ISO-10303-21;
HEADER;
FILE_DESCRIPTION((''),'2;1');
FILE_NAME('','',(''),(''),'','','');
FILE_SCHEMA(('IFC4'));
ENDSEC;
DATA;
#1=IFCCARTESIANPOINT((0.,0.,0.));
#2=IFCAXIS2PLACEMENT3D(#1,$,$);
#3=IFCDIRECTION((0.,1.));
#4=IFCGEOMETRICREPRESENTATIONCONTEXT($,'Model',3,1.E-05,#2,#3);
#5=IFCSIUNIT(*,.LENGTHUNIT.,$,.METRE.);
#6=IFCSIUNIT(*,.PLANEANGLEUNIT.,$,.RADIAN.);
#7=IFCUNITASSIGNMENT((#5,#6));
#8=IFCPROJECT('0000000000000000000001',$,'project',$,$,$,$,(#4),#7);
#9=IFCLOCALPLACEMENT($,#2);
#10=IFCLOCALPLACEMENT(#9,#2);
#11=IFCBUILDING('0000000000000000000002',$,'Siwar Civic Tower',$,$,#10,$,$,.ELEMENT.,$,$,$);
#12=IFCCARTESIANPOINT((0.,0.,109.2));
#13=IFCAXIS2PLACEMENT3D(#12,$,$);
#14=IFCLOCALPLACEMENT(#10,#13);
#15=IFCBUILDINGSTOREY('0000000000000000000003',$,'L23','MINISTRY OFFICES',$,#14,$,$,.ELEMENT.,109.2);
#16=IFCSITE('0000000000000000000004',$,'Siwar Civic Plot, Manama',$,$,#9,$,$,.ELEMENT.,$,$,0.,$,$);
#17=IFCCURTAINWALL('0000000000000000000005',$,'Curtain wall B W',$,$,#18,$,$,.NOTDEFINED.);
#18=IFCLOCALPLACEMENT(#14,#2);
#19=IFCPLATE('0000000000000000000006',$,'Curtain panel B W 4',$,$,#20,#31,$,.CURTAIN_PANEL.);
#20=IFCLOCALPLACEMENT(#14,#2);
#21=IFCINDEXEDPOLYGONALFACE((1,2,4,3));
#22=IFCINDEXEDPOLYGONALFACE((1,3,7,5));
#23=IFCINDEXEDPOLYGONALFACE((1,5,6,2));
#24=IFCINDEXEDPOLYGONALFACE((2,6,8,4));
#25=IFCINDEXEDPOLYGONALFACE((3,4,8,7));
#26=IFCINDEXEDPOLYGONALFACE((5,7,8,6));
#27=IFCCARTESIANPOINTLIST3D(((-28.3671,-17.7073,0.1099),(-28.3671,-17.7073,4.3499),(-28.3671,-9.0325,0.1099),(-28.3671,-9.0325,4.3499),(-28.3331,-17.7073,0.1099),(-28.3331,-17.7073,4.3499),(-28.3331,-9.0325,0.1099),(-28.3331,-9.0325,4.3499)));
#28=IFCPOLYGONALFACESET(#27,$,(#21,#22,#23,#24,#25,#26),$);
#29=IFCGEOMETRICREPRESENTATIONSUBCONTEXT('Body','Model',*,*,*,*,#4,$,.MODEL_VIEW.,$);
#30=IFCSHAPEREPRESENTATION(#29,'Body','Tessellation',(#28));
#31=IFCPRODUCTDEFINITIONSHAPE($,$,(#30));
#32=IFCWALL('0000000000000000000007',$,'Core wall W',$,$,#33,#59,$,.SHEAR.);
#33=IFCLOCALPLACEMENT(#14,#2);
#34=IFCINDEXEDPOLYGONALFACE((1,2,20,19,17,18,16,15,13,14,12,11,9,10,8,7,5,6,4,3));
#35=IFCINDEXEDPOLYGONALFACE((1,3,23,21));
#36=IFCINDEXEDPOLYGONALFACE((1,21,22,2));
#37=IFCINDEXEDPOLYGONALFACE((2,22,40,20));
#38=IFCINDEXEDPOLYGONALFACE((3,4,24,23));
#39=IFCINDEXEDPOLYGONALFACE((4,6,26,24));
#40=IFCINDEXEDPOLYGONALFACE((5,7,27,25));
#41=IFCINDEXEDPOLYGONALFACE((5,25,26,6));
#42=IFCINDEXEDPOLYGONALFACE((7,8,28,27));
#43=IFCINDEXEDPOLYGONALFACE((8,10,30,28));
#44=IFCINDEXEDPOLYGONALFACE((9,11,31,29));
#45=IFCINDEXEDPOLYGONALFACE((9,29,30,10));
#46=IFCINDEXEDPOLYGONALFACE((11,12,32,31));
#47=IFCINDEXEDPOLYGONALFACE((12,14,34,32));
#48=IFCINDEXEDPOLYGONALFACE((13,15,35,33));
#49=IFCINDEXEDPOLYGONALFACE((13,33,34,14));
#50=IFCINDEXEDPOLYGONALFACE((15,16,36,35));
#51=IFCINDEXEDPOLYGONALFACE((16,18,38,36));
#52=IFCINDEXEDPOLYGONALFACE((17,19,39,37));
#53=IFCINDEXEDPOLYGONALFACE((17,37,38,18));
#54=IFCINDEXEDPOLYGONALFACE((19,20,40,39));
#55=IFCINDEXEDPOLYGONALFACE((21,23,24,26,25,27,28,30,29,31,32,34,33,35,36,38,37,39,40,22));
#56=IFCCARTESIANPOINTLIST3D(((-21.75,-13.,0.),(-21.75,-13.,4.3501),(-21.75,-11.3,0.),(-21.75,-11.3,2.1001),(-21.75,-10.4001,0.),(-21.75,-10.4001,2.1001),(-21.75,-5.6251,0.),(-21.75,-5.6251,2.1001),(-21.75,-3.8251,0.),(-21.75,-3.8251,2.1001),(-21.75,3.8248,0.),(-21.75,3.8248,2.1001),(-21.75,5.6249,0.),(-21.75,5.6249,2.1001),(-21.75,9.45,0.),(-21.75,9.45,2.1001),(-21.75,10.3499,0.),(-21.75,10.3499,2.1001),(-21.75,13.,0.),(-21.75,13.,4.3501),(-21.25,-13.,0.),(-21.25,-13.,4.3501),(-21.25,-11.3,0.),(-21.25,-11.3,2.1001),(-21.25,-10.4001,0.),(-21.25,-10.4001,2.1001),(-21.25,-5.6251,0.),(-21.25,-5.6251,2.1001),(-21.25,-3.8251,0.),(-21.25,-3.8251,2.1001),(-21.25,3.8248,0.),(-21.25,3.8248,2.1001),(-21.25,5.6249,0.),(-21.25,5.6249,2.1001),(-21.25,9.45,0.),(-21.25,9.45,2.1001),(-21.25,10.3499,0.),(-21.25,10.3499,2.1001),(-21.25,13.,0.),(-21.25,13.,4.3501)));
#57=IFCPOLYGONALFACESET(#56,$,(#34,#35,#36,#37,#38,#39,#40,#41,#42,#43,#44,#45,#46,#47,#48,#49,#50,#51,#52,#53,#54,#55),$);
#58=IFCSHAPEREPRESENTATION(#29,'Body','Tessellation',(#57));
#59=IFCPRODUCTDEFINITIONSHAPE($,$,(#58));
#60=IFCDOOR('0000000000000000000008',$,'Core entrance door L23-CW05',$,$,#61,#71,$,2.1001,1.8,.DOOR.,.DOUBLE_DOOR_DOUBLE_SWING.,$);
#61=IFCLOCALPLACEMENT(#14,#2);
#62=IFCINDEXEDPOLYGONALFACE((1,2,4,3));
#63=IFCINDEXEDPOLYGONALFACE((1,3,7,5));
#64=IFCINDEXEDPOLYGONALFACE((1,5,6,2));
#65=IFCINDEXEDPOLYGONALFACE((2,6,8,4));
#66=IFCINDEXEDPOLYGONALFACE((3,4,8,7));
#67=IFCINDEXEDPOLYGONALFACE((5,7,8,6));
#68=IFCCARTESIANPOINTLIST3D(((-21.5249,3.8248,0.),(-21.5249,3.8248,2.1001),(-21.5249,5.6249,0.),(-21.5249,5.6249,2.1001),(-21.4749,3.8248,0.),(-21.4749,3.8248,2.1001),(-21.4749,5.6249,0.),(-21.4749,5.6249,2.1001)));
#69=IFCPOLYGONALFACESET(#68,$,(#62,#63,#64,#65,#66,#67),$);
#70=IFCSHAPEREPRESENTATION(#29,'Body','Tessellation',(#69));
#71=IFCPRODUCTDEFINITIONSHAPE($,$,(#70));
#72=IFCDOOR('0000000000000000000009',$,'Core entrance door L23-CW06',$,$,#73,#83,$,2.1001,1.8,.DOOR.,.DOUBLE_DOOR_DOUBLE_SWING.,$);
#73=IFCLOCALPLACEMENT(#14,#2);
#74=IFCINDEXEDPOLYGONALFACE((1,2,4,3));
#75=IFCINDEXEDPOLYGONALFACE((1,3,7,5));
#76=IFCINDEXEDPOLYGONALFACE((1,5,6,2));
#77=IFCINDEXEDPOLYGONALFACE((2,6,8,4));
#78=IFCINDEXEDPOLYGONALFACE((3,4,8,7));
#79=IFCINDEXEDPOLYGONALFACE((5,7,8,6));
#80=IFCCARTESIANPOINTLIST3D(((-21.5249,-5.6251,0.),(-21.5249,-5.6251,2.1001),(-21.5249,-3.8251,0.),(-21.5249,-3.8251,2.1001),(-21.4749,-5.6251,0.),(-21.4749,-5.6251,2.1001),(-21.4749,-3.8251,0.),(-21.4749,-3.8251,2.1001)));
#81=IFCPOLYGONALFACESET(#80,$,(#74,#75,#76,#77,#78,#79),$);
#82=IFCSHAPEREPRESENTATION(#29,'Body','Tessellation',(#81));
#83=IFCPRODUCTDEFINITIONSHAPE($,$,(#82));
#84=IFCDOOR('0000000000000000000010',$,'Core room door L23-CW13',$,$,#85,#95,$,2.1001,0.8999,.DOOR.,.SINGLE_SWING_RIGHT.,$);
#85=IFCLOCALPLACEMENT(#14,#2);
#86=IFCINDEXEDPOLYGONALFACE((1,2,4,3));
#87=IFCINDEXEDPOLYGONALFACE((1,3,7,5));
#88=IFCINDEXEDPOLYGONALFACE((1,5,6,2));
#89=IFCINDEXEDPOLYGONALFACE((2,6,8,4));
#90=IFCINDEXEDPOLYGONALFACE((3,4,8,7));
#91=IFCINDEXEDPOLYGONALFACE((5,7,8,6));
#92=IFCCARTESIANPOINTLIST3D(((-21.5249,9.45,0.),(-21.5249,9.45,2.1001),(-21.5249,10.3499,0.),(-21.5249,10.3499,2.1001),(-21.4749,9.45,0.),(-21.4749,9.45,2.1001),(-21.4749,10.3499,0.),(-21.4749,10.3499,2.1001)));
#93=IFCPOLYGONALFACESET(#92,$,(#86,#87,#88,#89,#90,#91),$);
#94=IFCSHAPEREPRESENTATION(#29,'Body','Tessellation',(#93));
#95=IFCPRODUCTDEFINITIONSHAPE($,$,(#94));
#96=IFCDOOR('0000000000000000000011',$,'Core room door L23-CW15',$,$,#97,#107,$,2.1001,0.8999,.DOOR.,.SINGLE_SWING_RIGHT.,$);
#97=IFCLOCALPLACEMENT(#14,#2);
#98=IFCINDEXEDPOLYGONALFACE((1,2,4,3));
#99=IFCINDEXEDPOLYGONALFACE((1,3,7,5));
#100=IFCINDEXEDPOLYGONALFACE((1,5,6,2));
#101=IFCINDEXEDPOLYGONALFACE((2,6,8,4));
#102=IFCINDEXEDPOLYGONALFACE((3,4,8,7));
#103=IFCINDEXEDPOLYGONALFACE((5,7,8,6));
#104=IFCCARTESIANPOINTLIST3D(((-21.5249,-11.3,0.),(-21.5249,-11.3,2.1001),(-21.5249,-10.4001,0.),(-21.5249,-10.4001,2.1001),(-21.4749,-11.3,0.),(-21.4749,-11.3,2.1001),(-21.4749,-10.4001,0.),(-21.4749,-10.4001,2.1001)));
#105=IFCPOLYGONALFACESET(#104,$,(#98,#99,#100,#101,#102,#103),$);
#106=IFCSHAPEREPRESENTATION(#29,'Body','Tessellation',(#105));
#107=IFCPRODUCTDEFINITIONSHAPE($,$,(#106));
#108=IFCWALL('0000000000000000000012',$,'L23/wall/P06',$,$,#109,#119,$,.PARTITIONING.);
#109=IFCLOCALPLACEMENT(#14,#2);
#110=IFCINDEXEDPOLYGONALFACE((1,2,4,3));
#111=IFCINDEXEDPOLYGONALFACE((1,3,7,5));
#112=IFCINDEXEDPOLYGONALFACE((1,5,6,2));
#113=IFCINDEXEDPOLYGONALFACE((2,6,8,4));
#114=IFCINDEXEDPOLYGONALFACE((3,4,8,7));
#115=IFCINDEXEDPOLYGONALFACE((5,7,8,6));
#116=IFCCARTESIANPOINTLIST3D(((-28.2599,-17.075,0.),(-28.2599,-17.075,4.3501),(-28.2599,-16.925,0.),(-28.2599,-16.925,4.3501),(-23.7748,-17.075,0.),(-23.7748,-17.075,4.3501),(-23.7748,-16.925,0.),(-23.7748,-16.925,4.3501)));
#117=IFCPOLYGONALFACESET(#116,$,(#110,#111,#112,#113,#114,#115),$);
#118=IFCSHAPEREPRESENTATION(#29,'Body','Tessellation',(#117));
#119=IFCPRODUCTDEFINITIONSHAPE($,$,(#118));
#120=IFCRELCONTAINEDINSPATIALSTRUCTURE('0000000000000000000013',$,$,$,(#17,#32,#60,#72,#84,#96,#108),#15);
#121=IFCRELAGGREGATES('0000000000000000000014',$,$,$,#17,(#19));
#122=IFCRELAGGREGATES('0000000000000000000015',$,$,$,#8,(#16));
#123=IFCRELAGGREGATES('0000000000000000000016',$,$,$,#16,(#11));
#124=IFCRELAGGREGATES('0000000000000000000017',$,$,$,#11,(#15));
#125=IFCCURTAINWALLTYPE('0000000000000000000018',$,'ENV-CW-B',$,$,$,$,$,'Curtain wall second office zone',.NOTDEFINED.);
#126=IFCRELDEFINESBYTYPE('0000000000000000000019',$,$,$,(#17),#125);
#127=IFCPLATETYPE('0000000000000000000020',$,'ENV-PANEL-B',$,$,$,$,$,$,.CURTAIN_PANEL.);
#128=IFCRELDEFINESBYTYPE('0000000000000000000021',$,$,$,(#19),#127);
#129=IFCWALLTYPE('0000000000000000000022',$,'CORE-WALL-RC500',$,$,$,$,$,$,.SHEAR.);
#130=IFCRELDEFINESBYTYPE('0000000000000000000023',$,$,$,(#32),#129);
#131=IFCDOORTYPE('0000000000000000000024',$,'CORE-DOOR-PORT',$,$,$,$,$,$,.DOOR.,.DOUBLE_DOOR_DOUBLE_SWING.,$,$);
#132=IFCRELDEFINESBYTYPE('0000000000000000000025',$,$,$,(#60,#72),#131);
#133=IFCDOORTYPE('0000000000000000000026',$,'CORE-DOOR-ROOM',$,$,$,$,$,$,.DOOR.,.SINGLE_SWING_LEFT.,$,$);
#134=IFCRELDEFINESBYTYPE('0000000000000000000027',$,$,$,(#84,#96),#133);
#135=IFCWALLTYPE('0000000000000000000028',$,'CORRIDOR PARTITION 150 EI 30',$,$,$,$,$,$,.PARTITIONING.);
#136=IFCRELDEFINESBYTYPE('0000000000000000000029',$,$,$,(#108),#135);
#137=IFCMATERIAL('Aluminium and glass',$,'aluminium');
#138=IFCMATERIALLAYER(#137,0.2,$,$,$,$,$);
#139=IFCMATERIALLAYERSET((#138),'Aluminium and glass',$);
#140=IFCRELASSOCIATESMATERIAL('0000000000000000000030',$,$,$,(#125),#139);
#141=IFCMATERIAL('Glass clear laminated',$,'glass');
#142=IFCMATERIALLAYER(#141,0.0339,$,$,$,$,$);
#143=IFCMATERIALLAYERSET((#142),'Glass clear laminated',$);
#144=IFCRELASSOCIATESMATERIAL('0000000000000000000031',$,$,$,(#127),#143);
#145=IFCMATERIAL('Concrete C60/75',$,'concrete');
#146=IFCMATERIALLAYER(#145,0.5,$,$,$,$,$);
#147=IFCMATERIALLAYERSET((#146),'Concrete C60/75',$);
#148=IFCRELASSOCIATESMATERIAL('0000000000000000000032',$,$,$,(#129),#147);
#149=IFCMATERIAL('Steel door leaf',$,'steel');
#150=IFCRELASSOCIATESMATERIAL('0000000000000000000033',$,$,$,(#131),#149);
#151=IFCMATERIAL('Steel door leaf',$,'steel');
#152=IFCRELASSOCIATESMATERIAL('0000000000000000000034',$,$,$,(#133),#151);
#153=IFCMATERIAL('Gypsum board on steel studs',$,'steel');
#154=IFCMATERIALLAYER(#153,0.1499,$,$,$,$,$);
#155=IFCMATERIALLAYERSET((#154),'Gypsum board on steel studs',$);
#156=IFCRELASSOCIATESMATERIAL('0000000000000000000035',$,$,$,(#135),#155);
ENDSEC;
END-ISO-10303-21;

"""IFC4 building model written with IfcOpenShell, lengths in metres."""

from ifc_helpers import new_model, si_unit, direction, frame, frame_2d, origin, origin_2d, place, context, subcontext, project, spatial, rectangle, extrude, material, layer, layer_set, type_object, element, fill, aggregate, save


model = new_model("IFC4")

# Units and contexts
model_context = context("Model", 3, precision=1e-05, world=origin(), true_north=direction((0.0, 1.0)))
body_context = subcontext(model_context, "Body", "Model", "MODEL_VIEW")
ifc_project = project(units=[si_unit("LENGTHUNIT", "METRE"), si_unit("PLANEANGLEUNIT", "RADIAN")], contexts=[model_context])

# Site, building, storey
site_placement = place(None, origin())
site = spatial("IfcSite", under=ifc_project, at=site_placement, Name="Siwar Civic Plot, Manama", CompositionType="ELEMENT", RefElevation=0.0)
building_placement = place(site_placement, origin())
building = spatial("IfcBuilding", under=site, at=building_placement, Name="Siwar Civic Tower", CompositionType="ELEMENT")
storey_placement = place(building_placement, frame((0.0, 0.0, 109.2)))
storey = spatial("IfcBuildingStorey", under=building, at=storey_placement, Name="L23", Description="MINISTRY OFFICES", CompositionType="ELEMENT", Elevation=109.2)

# Curtain wall
ifc_material_1 = material(Name="Aluminium and glass", Category="aluminium")
ifc_layer_1 = layer(ifc_material_1, 0.2)
ifc_layer_set_1 = layer_set([ifc_layer_1], Name="Aluminium and glass")
curtain_wall_type_1 = type_object("IfcCurtainWallType", Name="ENV-CW-B", ElementType="Curtain wall second office zone", PredefinedType="NOTDEFINED", material=ifc_layer_set_1)
curtain_wall_1_placement = place(storey_placement, origin())
curtain_wall_1 = element("IfcCurtainWall", 1, at=curtain_wall_1_placement, inside=storey, type_object=curtain_wall_type_1, Name="Curtain wall B W", PredefinedType="NOTDEFINED")

# Plate
ifc_material_2 = material(Name="Glass clear laminated", Category="glass")
ifc_layer_2 = layer(ifc_material_2, 0.0339)
ifc_layer_set_2 = layer_set([ifc_layer_2], Name="Glass clear laminated")
plate_type = type_object("IfcPlateType", Name="ENV-PANEL-B", PredefinedType="CURTAIN_PANEL", material=ifc_layer_set_2)
plate_placement = place(storey_placement, frame((-28.3501, -13.3699, 0.1099), z_axis=(0.0, 0.0, 1.0), x_axis=(0.0, -1.0, 0.0)))
plate = element("IfcPlate", 2, at=plate_placement, type_object=plate_type, Name="Curtain panel B W 4", PredefinedType="CURTAIN_PANEL", context=body_context, shape_type="SweptSolid", body=[
    extrude(rectangle(XDim=8.6748, YDim=0.0339, at=origin_2d()), origin(), (0.0, 0.0, 1.0), 4.24),
])
aggregate(curtain_wall_1, [plate])

# Wall, openings, doors
ifc_material_3 = material(Name="Concrete C60/75", Category="concrete")
ifc_layer_3 = layer(ifc_material_3, 0.5)
ifc_layer_set_3 = layer_set([ifc_layer_3], Name="Concrete C60/75")
wall_type_1 = type_object("IfcWallType", Name="CORE-WALL-RC500", PredefinedType="SHEAR", material=ifc_layer_set_3)
wall_1_placement = place(storey_placement, frame((-21.5, -13.0, 0.0), z_axis=(0.0, 0.0, 1.0), x_axis=(0.0, 1.0, 0.0)))
wall_1 = element("IfcWall", 3, at=wall_1_placement, inside=storey, type_object=wall_type_1, Name="Core wall W", PredefinedType="SHEAR", context=body_context, shape_type="SweptSolid", body=[
    extrude(rectangle(XDim=26.0, YDim=0.5, at=frame_2d((13.0, 0.0))), origin(), (0.0, 0.0, 1.0), 4.3501),
])
opening_1_placement = place(wall_1_placement, frame((16.825, 0.0, 0.0)))
opening_1 = element("IfcOpeningElement", 4, at=opening_1_placement, cuts=wall_1, PredefinedType="OPENING", context=body_context, shape_type="SweptSolid", body=[
    extrude(rectangle(XDim=1.8, YDim=2.1001, at=frame_2d((0.8999, 1.05))), frame((0.0, 0.26, 0.0), z_axis=(0.0, -1.0, 0.0), x_axis=(1.0, 0.0, 0.0)), (0.0, 0.0, 1.0), 0.52),
])
opening_2_placement = place(wall_1_placement, frame((7.375, 0.0, 0.0)))
opening_2 = element("IfcOpeningElement", 5, at=opening_2_placement, cuts=wall_1, PredefinedType="OPENING", context=body_context, shape_type="SweptSolid", body=[
    extrude(rectangle(XDim=1.8, YDim=2.1001, at=frame_2d((0.8999, 1.05))), frame((0.0, 0.26, 0.0), z_axis=(0.0, -1.0, 0.0), x_axis=(1.0, 0.0, 0.0)), (0.0, 0.0, 1.0), 0.52),
])
opening_3_placement = place(wall_1_placement, frame((22.45, 0.0, 0.0)))
opening_3 = element("IfcOpeningElement", 6, at=opening_3_placement, cuts=wall_1, PredefinedType="OPENING", context=body_context, shape_type="SweptSolid", body=[
    extrude(rectangle(XDim=0.8999, YDim=2.1001, at=frame_2d((0.45, 1.05))), frame((0.0, 0.26, 0.0), z_axis=(0.0, -1.0, 0.0), x_axis=(1.0, 0.0, 0.0)), (0.0, 0.0, 1.0), 0.52),
])
opening_4_placement = place(wall_1_placement, frame((1.7, 0.0, 0.0)))
opening_4 = element("IfcOpeningElement", 7, at=opening_4_placement, cuts=wall_1, PredefinedType="OPENING", context=body_context, shape_type="SweptSolid", body=[
    extrude(rectangle(XDim=0.8999, YDim=2.1001, at=frame_2d((0.45, 1.05))), frame((0.0, 0.26, 0.0), z_axis=(0.0, -1.0, 0.0), x_axis=(1.0, 0.0, 0.0)), (0.0, 0.0, 1.0), 0.52),
])
ifc_material_4 = material(Name="Steel door leaf", Category="steel")
door_type_1 = type_object("IfcDoorType", Name="CORE-DOOR-PORT", OperationType="DOUBLE_DOOR_DOUBLE_SWING", PredefinedType="DOOR", material=ifc_material_4)
door_1_placement = place(opening_1_placement, origin())
door_1 = element("IfcDoor", 8, at=door_1_placement, inside=storey, type_object=door_type_1, Name="Core entrance door L23-CW05", OperationType="DOUBLE_DOOR_DOUBLE_SWING", OverallHeight=2.1001, OverallWidth=1.8, PredefinedType="DOOR", context=body_context, shape_type="SweptSolid", body=[
    extrude(rectangle(XDim=1.8, YDim=2.1001, at=frame_2d((0.8999, 1.05))), frame((0.0, 0.0249, 0.0), z_axis=(0.0, -1.0, 0.0), x_axis=(1.0, 0.0, 0.0)), (0.0, 0.0, 1.0), 0.05),
])
fill(opening_1, door_1)
door_2_placement = place(opening_2_placement, origin())
door_2 = element("IfcDoor", 9, at=door_2_placement, inside=storey, type_object=door_type_1, Name="Core entrance door L23-CW06", OperationType="DOUBLE_DOOR_DOUBLE_SWING", OverallHeight=2.1001, OverallWidth=1.8, PredefinedType="DOOR", context=body_context, shape_type="SweptSolid", body=[
    extrude(rectangle(XDim=1.8, YDim=2.1001, at=frame_2d((0.8999, 1.05))), frame((0.0, 0.0249, 0.0), z_axis=(0.0, -1.0, 0.0), x_axis=(1.0, 0.0, 0.0)), (0.0, 0.0, 1.0), 0.05),
])
fill(opening_2, door_2)
ifc_material_5 = material(Name="Steel door leaf", Category="steel")
door_type_2 = type_object("IfcDoorType", Name="CORE-DOOR-ROOM", OperationType="SINGLE_SWING_LEFT", PredefinedType="DOOR", material=ifc_material_5)
door_3_placement = place(opening_3_placement, origin())
door_3 = element("IfcDoor", 10, at=door_3_placement, inside=storey, type_object=door_type_2, Name="Core room door L23-CW13", OperationType="SINGLE_SWING_RIGHT", OverallHeight=2.1001, OverallWidth=0.8999, PredefinedType="DOOR", context=body_context, shape_type="SweptSolid", body=[
    extrude(rectangle(XDim=0.8999, YDim=2.1001, at=frame_2d((0.45, 1.05))), frame((0.0, 0.0249, 0.0), z_axis=(0.0, -1.0, 0.0), x_axis=(1.0, 0.0, 0.0)), (0.0, 0.0, 1.0), 0.05),
])
fill(opening_3, door_3)
door_4_placement = place(opening_4_placement, origin())
door_4 = element("IfcDoor", 11, at=door_4_placement, inside=storey, type_object=door_type_2, Name="Core room door L23-CW15", OperationType="SINGLE_SWING_RIGHT", OverallHeight=2.1001, OverallWidth=0.8999, PredefinedType="DOOR", context=body_context, shape_type="SweptSolid", body=[
    extrude(rectangle(XDim=0.8999, YDim=2.1001, at=frame_2d((0.45, 1.05))), frame((0.0, 0.0249, 0.0), z_axis=(0.0, -1.0, 0.0), x_axis=(1.0, 0.0, 0.0)), (0.0, 0.0, 1.0), 0.05),
])
fill(opening_4, door_4)

# Wall
ifc_material_6 = material(Name="Gypsum board on steel studs", Category="steel")
ifc_layer_4 = layer(ifc_material_6, 0.1499)
ifc_layer_set_4 = layer_set([ifc_layer_4], Name="Gypsum board on steel studs")
wall_type_2 = type_object("IfcWallType", Name="CORRIDOR PARTITION 150 EI 30", PredefinedType="PARTITIONING", material=ifc_layer_set_4)
wall_2_placement = place(storey_placement, frame((-28.26, -17.0, 0.0), z_axis=(0.0, 0.0, 1.0), x_axis=(1.0, 0.0, 0.0)))
element("IfcWall", 12, at=wall_2_placement, inside=storey, type_object=wall_type_2, Name="L23/wall/P06", PredefinedType="PARTITIONING", context=body_context, shape_type="SweptSolid", body=[
    extrude(rectangle(XDim=4.4851, YDim=0.1499, at=frame_2d((2.2427, 0.0))), origin(), (0.0, 0.0, 1.0), 4.3501),
])

save(model, "model.ifc")
